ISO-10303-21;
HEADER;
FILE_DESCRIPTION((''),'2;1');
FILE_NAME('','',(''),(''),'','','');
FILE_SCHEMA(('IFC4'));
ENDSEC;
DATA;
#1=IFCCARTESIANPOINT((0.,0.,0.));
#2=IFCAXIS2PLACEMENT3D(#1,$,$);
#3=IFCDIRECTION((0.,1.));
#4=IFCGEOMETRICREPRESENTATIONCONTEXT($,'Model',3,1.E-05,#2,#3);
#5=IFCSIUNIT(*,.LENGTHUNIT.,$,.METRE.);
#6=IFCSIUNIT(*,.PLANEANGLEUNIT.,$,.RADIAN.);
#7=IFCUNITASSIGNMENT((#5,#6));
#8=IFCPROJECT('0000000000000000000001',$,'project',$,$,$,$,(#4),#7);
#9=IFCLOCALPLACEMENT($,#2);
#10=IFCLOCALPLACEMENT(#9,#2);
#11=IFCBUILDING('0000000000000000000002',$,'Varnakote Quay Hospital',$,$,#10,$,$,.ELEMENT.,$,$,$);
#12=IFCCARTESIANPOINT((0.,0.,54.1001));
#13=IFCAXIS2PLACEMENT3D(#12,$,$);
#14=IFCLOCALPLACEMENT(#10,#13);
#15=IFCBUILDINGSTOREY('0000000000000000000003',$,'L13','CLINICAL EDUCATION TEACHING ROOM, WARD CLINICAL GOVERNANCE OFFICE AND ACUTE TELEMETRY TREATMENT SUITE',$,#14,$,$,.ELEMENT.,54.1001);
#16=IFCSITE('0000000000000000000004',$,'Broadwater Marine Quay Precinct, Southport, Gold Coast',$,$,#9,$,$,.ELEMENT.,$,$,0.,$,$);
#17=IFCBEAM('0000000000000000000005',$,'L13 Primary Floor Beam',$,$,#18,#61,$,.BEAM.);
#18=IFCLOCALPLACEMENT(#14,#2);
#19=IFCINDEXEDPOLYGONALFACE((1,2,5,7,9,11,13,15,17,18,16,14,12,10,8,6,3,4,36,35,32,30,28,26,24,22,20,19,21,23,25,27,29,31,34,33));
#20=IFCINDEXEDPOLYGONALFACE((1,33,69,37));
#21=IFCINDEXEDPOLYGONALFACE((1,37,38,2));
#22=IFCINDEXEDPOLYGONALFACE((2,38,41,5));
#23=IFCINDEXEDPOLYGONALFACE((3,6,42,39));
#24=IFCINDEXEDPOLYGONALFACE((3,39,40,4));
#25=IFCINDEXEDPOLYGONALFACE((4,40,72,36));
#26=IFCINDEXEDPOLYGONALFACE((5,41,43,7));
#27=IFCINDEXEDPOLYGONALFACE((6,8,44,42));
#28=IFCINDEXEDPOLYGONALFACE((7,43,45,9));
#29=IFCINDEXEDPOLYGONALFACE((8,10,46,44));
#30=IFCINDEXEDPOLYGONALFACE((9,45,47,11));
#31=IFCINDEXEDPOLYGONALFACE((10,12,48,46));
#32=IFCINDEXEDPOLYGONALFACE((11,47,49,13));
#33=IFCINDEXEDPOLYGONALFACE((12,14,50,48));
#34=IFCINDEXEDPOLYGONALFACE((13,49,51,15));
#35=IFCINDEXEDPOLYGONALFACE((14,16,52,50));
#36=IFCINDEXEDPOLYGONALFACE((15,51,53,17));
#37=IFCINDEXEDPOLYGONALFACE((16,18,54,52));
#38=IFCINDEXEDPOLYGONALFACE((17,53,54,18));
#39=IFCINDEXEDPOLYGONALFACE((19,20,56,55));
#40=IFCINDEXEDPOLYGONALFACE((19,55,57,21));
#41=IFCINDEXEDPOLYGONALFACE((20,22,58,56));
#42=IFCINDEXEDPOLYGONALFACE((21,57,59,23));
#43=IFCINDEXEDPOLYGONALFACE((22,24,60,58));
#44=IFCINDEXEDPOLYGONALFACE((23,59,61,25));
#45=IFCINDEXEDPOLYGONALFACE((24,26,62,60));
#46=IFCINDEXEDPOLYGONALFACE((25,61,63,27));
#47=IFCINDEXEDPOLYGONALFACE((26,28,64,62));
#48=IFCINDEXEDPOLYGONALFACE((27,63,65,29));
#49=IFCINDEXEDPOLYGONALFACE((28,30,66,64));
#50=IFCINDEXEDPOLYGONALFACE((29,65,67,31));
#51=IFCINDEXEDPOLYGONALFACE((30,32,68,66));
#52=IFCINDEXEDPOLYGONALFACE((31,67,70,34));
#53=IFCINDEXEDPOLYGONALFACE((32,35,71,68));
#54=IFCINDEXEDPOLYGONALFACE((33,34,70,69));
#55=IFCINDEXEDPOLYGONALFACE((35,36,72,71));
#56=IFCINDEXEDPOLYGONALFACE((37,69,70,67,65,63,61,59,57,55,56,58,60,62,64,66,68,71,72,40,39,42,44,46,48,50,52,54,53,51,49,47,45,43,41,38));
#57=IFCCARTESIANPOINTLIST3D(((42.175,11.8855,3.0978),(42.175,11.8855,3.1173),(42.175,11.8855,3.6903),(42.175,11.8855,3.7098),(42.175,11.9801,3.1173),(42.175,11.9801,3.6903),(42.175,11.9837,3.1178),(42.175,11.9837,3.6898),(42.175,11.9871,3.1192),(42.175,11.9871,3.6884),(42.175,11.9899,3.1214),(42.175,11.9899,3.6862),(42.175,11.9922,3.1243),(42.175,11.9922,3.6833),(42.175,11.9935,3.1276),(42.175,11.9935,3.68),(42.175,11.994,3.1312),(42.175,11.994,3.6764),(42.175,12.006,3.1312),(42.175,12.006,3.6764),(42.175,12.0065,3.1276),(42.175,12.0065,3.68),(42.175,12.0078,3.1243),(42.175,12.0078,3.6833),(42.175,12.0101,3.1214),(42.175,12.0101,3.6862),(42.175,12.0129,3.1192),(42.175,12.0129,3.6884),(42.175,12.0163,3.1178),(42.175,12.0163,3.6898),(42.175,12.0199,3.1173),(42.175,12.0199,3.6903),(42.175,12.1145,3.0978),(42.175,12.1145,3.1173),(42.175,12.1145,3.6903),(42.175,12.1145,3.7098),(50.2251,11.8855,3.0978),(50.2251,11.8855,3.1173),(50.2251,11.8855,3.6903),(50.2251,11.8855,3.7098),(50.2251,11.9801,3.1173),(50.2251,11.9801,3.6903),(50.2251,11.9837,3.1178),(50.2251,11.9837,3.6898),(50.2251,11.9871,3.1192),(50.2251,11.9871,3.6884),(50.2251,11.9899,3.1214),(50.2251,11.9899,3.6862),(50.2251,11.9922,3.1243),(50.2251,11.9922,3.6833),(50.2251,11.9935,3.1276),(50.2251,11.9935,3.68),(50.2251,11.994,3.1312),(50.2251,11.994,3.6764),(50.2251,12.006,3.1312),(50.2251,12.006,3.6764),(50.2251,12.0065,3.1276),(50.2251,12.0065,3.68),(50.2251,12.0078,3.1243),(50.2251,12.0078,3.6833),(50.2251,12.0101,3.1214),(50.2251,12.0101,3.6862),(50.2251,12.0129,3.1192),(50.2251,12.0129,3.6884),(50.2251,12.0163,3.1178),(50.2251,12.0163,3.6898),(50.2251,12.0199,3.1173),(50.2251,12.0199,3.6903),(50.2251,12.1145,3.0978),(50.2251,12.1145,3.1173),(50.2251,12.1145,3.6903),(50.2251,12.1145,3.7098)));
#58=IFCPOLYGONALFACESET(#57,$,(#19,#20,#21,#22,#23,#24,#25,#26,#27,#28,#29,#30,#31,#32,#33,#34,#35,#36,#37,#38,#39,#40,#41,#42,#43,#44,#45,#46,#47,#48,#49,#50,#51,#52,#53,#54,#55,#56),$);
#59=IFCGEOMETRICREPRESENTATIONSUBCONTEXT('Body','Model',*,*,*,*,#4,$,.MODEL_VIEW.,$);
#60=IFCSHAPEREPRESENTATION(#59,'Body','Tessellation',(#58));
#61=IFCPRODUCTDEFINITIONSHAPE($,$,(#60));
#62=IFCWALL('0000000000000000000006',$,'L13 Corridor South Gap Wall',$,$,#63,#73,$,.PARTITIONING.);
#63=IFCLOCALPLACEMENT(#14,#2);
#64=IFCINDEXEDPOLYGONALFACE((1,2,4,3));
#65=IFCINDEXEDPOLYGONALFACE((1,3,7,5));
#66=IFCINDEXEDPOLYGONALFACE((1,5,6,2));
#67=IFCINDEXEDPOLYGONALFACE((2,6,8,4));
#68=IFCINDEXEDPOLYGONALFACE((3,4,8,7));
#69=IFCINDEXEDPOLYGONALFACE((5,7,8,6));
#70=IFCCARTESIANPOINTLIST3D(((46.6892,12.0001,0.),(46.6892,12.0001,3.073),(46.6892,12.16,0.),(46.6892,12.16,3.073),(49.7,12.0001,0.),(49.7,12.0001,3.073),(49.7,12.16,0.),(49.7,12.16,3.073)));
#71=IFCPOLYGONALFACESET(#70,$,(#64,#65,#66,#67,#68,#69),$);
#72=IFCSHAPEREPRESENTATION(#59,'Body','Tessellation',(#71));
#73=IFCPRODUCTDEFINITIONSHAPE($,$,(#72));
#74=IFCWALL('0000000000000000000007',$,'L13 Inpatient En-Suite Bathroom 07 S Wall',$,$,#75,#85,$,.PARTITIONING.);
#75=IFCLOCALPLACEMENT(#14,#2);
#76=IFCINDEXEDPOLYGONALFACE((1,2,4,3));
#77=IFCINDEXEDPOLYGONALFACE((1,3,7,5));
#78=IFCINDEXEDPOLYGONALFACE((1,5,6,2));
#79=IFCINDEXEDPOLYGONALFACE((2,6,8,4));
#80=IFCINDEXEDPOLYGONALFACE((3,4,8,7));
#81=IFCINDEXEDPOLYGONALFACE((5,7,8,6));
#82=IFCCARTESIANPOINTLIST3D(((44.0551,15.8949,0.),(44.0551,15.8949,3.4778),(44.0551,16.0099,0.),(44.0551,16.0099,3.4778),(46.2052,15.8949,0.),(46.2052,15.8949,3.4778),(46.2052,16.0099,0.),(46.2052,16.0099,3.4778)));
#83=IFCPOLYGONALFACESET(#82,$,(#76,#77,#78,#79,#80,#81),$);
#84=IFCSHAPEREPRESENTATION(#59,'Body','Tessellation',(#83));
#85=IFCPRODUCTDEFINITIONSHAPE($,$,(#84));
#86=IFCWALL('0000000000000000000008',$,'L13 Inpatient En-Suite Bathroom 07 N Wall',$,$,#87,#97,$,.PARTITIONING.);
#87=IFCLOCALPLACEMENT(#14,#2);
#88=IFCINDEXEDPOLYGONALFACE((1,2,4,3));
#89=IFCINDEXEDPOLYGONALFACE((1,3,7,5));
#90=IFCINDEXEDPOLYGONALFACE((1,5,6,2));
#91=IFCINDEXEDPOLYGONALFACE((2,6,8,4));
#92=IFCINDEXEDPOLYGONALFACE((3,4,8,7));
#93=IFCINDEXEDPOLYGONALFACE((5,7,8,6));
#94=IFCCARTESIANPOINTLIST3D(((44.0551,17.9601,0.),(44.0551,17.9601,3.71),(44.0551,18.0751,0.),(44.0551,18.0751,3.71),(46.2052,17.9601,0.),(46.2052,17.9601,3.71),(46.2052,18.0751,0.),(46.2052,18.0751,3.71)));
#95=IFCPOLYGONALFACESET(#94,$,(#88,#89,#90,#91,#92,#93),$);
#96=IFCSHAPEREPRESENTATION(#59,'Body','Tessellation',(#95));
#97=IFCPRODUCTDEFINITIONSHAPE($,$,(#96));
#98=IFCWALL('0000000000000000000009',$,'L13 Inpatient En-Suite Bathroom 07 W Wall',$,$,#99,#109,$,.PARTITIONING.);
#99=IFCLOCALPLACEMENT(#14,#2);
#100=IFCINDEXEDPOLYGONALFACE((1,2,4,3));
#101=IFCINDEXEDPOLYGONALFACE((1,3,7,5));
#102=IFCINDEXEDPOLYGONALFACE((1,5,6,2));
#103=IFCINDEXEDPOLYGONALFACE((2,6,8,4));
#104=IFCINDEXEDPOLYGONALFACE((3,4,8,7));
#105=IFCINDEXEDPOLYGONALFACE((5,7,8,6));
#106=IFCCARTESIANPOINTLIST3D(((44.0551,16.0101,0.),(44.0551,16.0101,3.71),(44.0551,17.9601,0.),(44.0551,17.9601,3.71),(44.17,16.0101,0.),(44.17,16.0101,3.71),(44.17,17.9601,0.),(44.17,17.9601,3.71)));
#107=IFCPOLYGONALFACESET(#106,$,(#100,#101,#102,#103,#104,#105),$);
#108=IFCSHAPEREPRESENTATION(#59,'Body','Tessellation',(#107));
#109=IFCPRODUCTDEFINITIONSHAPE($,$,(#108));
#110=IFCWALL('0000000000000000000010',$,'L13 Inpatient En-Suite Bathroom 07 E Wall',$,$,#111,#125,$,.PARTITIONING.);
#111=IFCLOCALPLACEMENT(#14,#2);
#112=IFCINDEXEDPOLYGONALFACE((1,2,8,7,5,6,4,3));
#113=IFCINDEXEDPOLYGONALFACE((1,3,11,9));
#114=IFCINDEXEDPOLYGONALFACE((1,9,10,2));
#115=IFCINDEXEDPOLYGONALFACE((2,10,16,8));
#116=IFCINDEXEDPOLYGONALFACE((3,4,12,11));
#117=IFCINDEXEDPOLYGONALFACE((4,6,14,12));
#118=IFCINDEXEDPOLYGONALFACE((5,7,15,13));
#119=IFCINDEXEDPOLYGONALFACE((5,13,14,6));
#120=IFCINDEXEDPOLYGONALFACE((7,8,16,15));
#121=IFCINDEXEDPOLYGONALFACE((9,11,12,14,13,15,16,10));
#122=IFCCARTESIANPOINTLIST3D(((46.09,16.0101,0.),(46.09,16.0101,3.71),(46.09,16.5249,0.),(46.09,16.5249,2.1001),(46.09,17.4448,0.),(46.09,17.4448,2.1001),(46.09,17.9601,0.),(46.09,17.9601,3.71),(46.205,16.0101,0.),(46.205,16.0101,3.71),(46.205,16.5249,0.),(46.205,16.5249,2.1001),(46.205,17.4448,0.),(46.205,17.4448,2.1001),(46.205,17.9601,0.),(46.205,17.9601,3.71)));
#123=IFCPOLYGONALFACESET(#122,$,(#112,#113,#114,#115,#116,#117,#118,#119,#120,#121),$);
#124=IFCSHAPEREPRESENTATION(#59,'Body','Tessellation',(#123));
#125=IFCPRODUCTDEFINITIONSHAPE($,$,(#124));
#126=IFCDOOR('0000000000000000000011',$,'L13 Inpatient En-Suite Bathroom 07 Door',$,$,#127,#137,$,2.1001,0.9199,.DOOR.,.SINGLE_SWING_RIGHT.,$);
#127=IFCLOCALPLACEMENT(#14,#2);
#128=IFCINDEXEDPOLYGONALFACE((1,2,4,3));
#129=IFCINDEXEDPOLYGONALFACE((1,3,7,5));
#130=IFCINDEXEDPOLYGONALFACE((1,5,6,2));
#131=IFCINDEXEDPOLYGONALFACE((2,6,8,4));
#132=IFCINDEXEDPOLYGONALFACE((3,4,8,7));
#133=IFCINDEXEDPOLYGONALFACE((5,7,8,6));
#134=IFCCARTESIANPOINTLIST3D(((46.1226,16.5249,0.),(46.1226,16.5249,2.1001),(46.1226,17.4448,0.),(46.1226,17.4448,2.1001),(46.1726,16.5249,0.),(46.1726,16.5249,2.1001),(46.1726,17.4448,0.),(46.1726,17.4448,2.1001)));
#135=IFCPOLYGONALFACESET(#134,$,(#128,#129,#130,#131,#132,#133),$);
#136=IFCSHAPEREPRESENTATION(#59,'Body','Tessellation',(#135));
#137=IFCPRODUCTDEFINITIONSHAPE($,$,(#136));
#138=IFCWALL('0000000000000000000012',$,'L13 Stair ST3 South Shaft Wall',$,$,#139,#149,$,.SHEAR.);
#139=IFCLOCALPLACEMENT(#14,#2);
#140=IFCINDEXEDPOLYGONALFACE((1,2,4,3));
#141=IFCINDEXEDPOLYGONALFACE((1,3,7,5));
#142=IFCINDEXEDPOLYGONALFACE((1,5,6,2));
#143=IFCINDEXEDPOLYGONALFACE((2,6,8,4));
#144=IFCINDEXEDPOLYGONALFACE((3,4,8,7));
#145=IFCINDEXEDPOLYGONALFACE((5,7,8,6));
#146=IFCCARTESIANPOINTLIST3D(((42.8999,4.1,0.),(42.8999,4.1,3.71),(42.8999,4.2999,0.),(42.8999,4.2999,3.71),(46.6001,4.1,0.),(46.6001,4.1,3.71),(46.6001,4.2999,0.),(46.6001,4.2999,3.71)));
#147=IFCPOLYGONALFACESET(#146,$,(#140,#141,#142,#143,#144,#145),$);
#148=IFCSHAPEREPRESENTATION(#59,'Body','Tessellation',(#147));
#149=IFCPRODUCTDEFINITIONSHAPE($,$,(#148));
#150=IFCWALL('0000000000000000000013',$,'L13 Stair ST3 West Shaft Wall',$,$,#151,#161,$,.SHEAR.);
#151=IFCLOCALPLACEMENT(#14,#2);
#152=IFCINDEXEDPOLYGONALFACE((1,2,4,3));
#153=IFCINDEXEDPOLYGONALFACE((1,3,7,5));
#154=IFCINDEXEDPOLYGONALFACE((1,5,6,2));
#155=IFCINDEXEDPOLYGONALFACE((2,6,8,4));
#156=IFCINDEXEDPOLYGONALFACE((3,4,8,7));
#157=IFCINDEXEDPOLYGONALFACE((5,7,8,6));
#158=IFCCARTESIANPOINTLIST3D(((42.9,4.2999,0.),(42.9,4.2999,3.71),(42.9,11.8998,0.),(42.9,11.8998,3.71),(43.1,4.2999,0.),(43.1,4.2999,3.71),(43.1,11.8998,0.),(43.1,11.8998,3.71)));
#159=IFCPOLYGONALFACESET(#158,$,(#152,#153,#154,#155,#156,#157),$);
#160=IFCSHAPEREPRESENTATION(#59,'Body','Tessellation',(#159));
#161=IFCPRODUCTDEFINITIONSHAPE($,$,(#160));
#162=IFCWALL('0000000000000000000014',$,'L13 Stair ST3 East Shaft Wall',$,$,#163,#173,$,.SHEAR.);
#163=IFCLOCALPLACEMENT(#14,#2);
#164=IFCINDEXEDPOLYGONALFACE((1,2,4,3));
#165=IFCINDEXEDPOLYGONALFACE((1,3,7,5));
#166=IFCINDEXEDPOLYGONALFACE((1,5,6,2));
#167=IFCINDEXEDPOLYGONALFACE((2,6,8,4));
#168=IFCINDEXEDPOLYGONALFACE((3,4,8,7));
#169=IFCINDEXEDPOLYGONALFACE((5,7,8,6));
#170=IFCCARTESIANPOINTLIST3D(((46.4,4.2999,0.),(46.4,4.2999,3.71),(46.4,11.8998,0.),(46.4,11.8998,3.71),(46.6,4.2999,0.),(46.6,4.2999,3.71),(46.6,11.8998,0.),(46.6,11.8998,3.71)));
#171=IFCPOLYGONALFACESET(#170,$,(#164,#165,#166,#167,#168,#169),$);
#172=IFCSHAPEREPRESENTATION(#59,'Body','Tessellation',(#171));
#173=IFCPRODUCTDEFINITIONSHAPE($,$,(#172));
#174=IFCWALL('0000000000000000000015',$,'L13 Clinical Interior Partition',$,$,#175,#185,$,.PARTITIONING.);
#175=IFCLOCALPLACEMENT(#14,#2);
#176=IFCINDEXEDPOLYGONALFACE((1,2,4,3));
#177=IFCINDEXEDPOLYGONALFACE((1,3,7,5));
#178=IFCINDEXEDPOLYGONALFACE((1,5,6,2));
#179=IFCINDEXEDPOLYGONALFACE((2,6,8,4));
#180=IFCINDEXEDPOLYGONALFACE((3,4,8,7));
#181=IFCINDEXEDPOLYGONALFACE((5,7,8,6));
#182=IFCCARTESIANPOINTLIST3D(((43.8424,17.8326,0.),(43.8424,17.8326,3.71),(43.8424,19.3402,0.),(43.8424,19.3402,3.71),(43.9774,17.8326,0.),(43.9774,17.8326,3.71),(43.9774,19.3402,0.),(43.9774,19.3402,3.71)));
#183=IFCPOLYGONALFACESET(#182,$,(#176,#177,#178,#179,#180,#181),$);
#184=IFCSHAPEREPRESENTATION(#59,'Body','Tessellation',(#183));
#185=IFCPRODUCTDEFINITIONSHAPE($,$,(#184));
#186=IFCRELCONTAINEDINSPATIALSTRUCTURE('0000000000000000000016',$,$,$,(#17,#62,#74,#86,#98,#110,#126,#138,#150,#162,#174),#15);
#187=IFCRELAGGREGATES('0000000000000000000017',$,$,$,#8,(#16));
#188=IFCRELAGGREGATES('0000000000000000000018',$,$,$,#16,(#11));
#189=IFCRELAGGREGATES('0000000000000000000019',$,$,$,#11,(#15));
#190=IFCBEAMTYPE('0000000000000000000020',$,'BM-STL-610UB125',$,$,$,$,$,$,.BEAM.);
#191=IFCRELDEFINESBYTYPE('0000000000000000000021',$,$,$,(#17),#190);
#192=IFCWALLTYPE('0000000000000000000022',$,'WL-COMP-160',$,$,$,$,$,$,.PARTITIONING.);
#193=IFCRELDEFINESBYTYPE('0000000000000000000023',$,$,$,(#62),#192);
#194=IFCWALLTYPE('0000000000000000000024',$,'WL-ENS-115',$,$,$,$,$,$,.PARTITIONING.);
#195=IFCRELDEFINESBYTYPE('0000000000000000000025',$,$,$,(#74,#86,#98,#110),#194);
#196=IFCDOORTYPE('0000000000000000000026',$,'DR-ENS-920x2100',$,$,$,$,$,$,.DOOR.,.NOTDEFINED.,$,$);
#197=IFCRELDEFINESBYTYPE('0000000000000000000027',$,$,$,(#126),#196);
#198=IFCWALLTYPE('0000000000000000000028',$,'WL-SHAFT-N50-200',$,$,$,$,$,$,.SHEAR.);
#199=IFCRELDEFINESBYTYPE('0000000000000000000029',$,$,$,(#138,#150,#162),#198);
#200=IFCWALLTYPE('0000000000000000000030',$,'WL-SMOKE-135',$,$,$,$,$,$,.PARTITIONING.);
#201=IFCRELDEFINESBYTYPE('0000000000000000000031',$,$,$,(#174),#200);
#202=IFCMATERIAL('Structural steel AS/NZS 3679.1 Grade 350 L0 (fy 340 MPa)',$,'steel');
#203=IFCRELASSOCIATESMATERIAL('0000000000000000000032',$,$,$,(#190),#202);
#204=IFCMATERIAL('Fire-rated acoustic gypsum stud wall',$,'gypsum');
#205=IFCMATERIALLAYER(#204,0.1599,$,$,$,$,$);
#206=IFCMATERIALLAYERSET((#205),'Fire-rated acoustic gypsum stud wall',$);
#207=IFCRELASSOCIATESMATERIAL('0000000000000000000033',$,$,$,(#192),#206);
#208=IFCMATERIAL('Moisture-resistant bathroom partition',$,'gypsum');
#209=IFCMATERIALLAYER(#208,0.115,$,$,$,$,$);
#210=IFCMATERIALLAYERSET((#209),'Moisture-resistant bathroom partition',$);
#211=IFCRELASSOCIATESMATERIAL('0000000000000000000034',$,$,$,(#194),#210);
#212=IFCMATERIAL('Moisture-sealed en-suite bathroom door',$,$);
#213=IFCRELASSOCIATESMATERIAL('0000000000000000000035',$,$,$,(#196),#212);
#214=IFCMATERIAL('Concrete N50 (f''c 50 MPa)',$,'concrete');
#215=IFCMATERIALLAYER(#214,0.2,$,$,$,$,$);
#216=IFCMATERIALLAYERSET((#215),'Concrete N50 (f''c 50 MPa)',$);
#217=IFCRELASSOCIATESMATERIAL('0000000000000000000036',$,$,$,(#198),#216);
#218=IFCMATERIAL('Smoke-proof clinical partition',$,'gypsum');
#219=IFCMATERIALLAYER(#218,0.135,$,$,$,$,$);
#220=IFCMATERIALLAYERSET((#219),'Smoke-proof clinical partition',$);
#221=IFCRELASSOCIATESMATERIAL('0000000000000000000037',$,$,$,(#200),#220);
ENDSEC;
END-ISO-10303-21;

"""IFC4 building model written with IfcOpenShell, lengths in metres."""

from ifc_helpers import new_model, si_unit, direction, frame, frame_2d, origin, origin_2d, place, context, subcontext, project, spatial, rectangle, i_section, extrude, material, layer, layer_set, material_profile, profile_set, type_object, element, fill, save


model = new_model("IFC4")

# Units and contexts
model_context = context("Model", 3, precision=1e-05, world=origin(), true_north=direction((0.0, 1.0)))
body_context = subcontext(model_context, "Body", "Model", "MODEL_VIEW")
ifc_project = project(units=[si_unit("LENGTHUNIT", "METRE"), si_unit("PLANEANGLEUNIT", "RADIAN")], contexts=[model_context])

# Site, building, storey
site_placement = place(None, origin())
site = spatial("IfcSite", under=ifc_project, at=site_placement, Name="Broadwater Marine Quay Precinct, Southport, Gold Coast", CompositionType="ELEMENT", RefElevation=0.0)
building_placement = place(site_placement, origin())
building = spatial("IfcBuilding", under=site, at=building_placement, Name="Varnakote Quay Hospital", CompositionType="ELEMENT")
storey_placement = place(building_placement, frame((0.0, 0.0, 54.1001)))
storey = spatial("IfcBuildingStorey", under=building, at=storey_placement, Name="L13", Description="CLINICAL EDUCATION TEACHING ROOM, WARD CLINICAL GOVERNANCE OFFICE AND ACUTE TELEMETRY TREATMENT SUITE", CompositionType="ELEMENT", Elevation=54.1001)

# Beam
ifc_material_1 = material(Name="Structural steel AS/NZS 3679.1 Grade 350 L0 (fy 340 MPa)", Category="steel")
ifc_material_profile = material_profile(ifc_material_1, i_section(OverallWidth=0.229, OverallDepth=0.6121, WebThickness=0.012, FlangeThickness=0.0195, FilletRadius=0.0139, at=origin_2d()), Name="610UB125")
ifc_profile_set = profile_set([ifc_material_profile], Name="Structural steel AS/NZS 3679.1 Grade 350 L0 (fy 340 MPa)")
beam_type = type_object("IfcBeamType", Name="BM-STL-610UB125", PredefinedType="BEAM", material=ifc_profile_set)
beam_placement = place(storey_placement, frame((42.175, 12.0, 3.4038), z_axis=(1.0, 0.0, 0.0), x_axis=(0.0, 1.0, 0.0)))
element("IfcBeam", 1, at=beam_placement, inside=storey, type_object=beam_type, Name="L13 Primary Floor Beam", PredefinedType="BEAM", context=body_context, shape_type="SweptSolid", body=[
    extrude(i_section(OverallWidth=0.229, OverallDepth=0.6121, WebThickness=0.012, FlangeThickness=0.0195, FilletRadius=0.0139, at=origin_2d()), origin(), (0.0, 0.0, 1.0), 8.05),
])

# Walls
ifc_material_2 = material(Name="Fire-rated acoustic gypsum stud wall", Category="gypsum")
ifc_layer_1 = layer(ifc_material_2, 0.1599)
ifc_layer_set_1 = layer_set([ifc_layer_1], Name="Fire-rated acoustic gypsum stud wall")
wall_type_1 = type_object("IfcWallType", Name="WL-COMP-160", PredefinedType="PARTITIONING", material=ifc_layer_set_1)
wall_1_placement = place(storey_placement, frame((46.6892, 12.0801, 0.0), z_axis=(0.0, 0.0, 1.0), x_axis=(1.0, 0.0, 0.0)))
element("IfcWall", 2, at=wall_1_placement, inside=storey, type_object=wall_type_1, Name="L13 Corridor South Gap Wall", PredefinedType="PARTITIONING", context=body_context, shape_type="SweptSolid", body=[
    extrude(rectangle(XDim=3.0107, YDim=0.1599, at=frame_2d((1.5054, 0.0))), origin(), (0.0, 0.0, 1.0), 3.073),
])
ifc_material_3 = material(Name="Moisture-resistant bathroom partition", Category="gypsum")
ifc_layer_2 = layer(ifc_material_3, 0.115)
ifc_layer_set_2 = layer_set([ifc_layer_2], Name="Moisture-resistant bathroom partition")
wall_type_2 = type_object("IfcWallType", Name="WL-ENS-115", PredefinedType="PARTITIONING", material=ifc_layer_set_2)
wall_2_placement = place(storey_placement, frame((44.0549, 15.9524, 0.0), z_axis=(0.0, 0.0, 1.0), x_axis=(1.0, 0.0, 0.0)))
element("IfcWall", 3, at=wall_2_placement, inside=storey, type_object=wall_type_2, Name="L13 Inpatient En-Suite Bathroom 07 S Wall", PredefinedType="PARTITIONING", context=body_context, shape_type="SweptSolid", body=[
    extrude(rectangle(XDim=2.1501, YDim=0.115, at=frame_2d((1.0752, 0.0))), origin(), (0.0, 0.0, 1.0), 3.4778),
])
wall_3_placement = place(storey_placement, frame((44.0549, 18.0176, 0.0), z_axis=(0.0, 0.0, 1.0), x_axis=(1.0, 0.0, 0.0)))
element("IfcWall", 4, at=wall_3_placement, inside=storey, type_object=wall_type_2, Name="L13 Inpatient En-Suite Bathroom 07 N Wall", PredefinedType="PARTITIONING", context=body_context, shape_type="SweptSolid", body=[
    extrude(rectangle(XDim=2.1501, YDim=0.115, at=frame_2d((1.0752, 0.0))), origin(), (0.0, 0.0, 1.0), 3.71),
])
wall_4_placement = place(storey_placement, frame((44.1125, 16.01, 0.0), z_axis=(0.0, 0.0, 1.0), x_axis=(0.0, 1.0, 0.0)))
element("IfcWall", 5, at=wall_4_placement, inside=storey, type_object=wall_type_2, Name="L13 Inpatient En-Suite Bathroom 07 W Wall", PredefinedType="PARTITIONING", context=body_context, shape_type="SweptSolid", body=[
    extrude(rectangle(XDim=1.95, YDim=0.115, at=frame_2d((0.9751, 0.0))), origin(), (0.0, 0.0, 1.0), 3.71),
])

# Wall, opening, door
wall_5_placement = place(storey_placement, frame((46.1475, 16.01, 0.0), z_axis=(0.0, 0.0, 1.0), x_axis=(0.0, 1.0, 0.0)))
wall_5 = element("IfcWall", 6, at=wall_5_placement, inside=storey, type_object=wall_type_2, Name="L13 Inpatient En-Suite Bathroom 07 E Wall", PredefinedType="PARTITIONING", context=body_context, shape_type="SweptSolid", body=[
    extrude(rectangle(XDim=1.95, YDim=0.115, at=frame_2d((0.9751, 0.0))), origin(), (0.0, 0.0, 1.0), 3.71),
])
opening_1_placement = place(wall_5_placement, frame((0.5149, 0.0, 0.0)))
opening_1 = element("IfcOpeningElement", 7, at=opening_1_placement, cuts=wall_5, PredefinedType="OPENING", context=body_context, shape_type="SweptSolid", body=[
    extrude(rectangle(XDim=0.9199, YDim=2.1001, at=frame_2d((0.46, 1.05))), frame((0.0, 0.0674, 0.0), z_axis=(0.0, -1.0, 0.0), x_axis=(1.0, 0.0, 0.0)), (0.0, 0.0, 1.0), 0.135),
])
ifc_material_4 = material(Name="Moisture-sealed en-suite bathroom door")
door_type_1 = type_object("IfcDoorType", Name="DR-ENS-920x2100", OperationType="NOTDEFINED", PredefinedType="DOOR", material=ifc_material_4)
door_1_placement = place(opening_1_placement, origin())
door_1 = element("IfcDoor", 8, at=door_1_placement, inside=storey, type_object=door_type_1, Name="L13 Inpatient En-Suite Bathroom 07 Door", OperationType="SINGLE_SWING_RIGHT", OverallHeight=2.1001, OverallWidth=0.9199, PredefinedType="DOOR", context=body_context, shape_type="SweptSolid", body=[
    extrude(rectangle(XDim=0.9199, YDim=2.1001, at=frame_2d((0.46, 1.05))), frame((0.0, 0.0249, 0.0), z_axis=(0.0, -1.0, 0.0), x_axis=(1.0, 0.0, 0.0)), (0.0, 0.0, 1.0), 0.05),
])
fill(opening_1, door_1)

# Walls
ifc_material_5 = material(Name="Concrete N50 (f'c 50 MPa)", Category="concrete")
ifc_layer_3 = layer(ifc_material_5, 0.2)
ifc_layer_set_3 = layer_set([ifc_layer_3], Name="Concrete N50 (f'c 50 MPa)")
wall_type_3 = type_object("IfcWallType", Name="WL-SHAFT-N50-200", PredefinedType="SHEAR", material=ifc_layer_set_3)
wall_6_placement = place(storey_placement, frame((42.8999, 4.2, 0.0), z_axis=(0.0, 0.0, 1.0), x_axis=(1.0, 0.0, 0.0)))
element("IfcWall", 9, at=wall_6_placement, inside=storey, type_object=wall_type_3, Name="L13 Stair ST3 South Shaft Wall", PredefinedType="SHEAR", context=body_context, shape_type="SweptSolid", body=[
    extrude(rectangle(XDim=3.7002, YDim=0.2, at=frame_2d((1.8501, 0.0))), origin(), (0.0, 0.0, 1.0), 3.71),
])
for number, where, z_axis, x_axis, name in (
    (10, (43.0, 4.3, 0.0), (0.0, 0.0, 1.0), (0.0, 1.0, 0.0), "L13 Stair ST3 West Shaft Wall"),
    (11, (46.5, 4.3, 0.0), (0.0, 0.0, 1.0), (0.0, 1.0, 0.0), "L13 Stair ST3 East Shaft Wall"),
):
    element("IfcWall", number, at=place(storey_placement, frame(where, z_axis=z_axis, x_axis=x_axis)), inside=storey, type_object=wall_type_3, Name=name, PredefinedType="SHEAR", context=body_context, shape_type="SweptSolid", body=[
        extrude(rectangle(XDim=7.5999, YDim=0.2, at=frame_2d((3.7998, 0.0))), origin(), (0.0, 0.0, 1.0), 3.71),
    ])

# Wall
ifc_material_6 = material(Name="Smoke-proof clinical partition", Category="gypsum")
ifc_layer_4 = layer(ifc_material_6, 0.135)
ifc_layer_set_4 = layer_set([ifc_layer_4], Name="Smoke-proof clinical partition")
wall_type_4 = type_object("IfcWallType", Name="WL-SMOKE-135", PredefinedType="PARTITIONING", material=ifc_layer_set_4)
wall_7_placement = place(storey_placement, frame((43.9099, 17.8325, 0.0), z_axis=(0.0, 0.0, 1.0), x_axis=(0.0, 1.0, 0.0)))
element("IfcWall", 12, at=wall_7_placement, inside=storey, type_object=wall_type_4, Name="L13 Clinical Interior Partition", PredefinedType="PARTITIONING", context=body_context, shape_type="SweptSolid", body=[
    extrude(rectangle(XDim=1.5076, YDim=0.135, at=frame_2d((0.7539, 0.0))), origin(), (0.0, 0.0, 1.0), 3.71),
])

save(model, "model.ifc")
